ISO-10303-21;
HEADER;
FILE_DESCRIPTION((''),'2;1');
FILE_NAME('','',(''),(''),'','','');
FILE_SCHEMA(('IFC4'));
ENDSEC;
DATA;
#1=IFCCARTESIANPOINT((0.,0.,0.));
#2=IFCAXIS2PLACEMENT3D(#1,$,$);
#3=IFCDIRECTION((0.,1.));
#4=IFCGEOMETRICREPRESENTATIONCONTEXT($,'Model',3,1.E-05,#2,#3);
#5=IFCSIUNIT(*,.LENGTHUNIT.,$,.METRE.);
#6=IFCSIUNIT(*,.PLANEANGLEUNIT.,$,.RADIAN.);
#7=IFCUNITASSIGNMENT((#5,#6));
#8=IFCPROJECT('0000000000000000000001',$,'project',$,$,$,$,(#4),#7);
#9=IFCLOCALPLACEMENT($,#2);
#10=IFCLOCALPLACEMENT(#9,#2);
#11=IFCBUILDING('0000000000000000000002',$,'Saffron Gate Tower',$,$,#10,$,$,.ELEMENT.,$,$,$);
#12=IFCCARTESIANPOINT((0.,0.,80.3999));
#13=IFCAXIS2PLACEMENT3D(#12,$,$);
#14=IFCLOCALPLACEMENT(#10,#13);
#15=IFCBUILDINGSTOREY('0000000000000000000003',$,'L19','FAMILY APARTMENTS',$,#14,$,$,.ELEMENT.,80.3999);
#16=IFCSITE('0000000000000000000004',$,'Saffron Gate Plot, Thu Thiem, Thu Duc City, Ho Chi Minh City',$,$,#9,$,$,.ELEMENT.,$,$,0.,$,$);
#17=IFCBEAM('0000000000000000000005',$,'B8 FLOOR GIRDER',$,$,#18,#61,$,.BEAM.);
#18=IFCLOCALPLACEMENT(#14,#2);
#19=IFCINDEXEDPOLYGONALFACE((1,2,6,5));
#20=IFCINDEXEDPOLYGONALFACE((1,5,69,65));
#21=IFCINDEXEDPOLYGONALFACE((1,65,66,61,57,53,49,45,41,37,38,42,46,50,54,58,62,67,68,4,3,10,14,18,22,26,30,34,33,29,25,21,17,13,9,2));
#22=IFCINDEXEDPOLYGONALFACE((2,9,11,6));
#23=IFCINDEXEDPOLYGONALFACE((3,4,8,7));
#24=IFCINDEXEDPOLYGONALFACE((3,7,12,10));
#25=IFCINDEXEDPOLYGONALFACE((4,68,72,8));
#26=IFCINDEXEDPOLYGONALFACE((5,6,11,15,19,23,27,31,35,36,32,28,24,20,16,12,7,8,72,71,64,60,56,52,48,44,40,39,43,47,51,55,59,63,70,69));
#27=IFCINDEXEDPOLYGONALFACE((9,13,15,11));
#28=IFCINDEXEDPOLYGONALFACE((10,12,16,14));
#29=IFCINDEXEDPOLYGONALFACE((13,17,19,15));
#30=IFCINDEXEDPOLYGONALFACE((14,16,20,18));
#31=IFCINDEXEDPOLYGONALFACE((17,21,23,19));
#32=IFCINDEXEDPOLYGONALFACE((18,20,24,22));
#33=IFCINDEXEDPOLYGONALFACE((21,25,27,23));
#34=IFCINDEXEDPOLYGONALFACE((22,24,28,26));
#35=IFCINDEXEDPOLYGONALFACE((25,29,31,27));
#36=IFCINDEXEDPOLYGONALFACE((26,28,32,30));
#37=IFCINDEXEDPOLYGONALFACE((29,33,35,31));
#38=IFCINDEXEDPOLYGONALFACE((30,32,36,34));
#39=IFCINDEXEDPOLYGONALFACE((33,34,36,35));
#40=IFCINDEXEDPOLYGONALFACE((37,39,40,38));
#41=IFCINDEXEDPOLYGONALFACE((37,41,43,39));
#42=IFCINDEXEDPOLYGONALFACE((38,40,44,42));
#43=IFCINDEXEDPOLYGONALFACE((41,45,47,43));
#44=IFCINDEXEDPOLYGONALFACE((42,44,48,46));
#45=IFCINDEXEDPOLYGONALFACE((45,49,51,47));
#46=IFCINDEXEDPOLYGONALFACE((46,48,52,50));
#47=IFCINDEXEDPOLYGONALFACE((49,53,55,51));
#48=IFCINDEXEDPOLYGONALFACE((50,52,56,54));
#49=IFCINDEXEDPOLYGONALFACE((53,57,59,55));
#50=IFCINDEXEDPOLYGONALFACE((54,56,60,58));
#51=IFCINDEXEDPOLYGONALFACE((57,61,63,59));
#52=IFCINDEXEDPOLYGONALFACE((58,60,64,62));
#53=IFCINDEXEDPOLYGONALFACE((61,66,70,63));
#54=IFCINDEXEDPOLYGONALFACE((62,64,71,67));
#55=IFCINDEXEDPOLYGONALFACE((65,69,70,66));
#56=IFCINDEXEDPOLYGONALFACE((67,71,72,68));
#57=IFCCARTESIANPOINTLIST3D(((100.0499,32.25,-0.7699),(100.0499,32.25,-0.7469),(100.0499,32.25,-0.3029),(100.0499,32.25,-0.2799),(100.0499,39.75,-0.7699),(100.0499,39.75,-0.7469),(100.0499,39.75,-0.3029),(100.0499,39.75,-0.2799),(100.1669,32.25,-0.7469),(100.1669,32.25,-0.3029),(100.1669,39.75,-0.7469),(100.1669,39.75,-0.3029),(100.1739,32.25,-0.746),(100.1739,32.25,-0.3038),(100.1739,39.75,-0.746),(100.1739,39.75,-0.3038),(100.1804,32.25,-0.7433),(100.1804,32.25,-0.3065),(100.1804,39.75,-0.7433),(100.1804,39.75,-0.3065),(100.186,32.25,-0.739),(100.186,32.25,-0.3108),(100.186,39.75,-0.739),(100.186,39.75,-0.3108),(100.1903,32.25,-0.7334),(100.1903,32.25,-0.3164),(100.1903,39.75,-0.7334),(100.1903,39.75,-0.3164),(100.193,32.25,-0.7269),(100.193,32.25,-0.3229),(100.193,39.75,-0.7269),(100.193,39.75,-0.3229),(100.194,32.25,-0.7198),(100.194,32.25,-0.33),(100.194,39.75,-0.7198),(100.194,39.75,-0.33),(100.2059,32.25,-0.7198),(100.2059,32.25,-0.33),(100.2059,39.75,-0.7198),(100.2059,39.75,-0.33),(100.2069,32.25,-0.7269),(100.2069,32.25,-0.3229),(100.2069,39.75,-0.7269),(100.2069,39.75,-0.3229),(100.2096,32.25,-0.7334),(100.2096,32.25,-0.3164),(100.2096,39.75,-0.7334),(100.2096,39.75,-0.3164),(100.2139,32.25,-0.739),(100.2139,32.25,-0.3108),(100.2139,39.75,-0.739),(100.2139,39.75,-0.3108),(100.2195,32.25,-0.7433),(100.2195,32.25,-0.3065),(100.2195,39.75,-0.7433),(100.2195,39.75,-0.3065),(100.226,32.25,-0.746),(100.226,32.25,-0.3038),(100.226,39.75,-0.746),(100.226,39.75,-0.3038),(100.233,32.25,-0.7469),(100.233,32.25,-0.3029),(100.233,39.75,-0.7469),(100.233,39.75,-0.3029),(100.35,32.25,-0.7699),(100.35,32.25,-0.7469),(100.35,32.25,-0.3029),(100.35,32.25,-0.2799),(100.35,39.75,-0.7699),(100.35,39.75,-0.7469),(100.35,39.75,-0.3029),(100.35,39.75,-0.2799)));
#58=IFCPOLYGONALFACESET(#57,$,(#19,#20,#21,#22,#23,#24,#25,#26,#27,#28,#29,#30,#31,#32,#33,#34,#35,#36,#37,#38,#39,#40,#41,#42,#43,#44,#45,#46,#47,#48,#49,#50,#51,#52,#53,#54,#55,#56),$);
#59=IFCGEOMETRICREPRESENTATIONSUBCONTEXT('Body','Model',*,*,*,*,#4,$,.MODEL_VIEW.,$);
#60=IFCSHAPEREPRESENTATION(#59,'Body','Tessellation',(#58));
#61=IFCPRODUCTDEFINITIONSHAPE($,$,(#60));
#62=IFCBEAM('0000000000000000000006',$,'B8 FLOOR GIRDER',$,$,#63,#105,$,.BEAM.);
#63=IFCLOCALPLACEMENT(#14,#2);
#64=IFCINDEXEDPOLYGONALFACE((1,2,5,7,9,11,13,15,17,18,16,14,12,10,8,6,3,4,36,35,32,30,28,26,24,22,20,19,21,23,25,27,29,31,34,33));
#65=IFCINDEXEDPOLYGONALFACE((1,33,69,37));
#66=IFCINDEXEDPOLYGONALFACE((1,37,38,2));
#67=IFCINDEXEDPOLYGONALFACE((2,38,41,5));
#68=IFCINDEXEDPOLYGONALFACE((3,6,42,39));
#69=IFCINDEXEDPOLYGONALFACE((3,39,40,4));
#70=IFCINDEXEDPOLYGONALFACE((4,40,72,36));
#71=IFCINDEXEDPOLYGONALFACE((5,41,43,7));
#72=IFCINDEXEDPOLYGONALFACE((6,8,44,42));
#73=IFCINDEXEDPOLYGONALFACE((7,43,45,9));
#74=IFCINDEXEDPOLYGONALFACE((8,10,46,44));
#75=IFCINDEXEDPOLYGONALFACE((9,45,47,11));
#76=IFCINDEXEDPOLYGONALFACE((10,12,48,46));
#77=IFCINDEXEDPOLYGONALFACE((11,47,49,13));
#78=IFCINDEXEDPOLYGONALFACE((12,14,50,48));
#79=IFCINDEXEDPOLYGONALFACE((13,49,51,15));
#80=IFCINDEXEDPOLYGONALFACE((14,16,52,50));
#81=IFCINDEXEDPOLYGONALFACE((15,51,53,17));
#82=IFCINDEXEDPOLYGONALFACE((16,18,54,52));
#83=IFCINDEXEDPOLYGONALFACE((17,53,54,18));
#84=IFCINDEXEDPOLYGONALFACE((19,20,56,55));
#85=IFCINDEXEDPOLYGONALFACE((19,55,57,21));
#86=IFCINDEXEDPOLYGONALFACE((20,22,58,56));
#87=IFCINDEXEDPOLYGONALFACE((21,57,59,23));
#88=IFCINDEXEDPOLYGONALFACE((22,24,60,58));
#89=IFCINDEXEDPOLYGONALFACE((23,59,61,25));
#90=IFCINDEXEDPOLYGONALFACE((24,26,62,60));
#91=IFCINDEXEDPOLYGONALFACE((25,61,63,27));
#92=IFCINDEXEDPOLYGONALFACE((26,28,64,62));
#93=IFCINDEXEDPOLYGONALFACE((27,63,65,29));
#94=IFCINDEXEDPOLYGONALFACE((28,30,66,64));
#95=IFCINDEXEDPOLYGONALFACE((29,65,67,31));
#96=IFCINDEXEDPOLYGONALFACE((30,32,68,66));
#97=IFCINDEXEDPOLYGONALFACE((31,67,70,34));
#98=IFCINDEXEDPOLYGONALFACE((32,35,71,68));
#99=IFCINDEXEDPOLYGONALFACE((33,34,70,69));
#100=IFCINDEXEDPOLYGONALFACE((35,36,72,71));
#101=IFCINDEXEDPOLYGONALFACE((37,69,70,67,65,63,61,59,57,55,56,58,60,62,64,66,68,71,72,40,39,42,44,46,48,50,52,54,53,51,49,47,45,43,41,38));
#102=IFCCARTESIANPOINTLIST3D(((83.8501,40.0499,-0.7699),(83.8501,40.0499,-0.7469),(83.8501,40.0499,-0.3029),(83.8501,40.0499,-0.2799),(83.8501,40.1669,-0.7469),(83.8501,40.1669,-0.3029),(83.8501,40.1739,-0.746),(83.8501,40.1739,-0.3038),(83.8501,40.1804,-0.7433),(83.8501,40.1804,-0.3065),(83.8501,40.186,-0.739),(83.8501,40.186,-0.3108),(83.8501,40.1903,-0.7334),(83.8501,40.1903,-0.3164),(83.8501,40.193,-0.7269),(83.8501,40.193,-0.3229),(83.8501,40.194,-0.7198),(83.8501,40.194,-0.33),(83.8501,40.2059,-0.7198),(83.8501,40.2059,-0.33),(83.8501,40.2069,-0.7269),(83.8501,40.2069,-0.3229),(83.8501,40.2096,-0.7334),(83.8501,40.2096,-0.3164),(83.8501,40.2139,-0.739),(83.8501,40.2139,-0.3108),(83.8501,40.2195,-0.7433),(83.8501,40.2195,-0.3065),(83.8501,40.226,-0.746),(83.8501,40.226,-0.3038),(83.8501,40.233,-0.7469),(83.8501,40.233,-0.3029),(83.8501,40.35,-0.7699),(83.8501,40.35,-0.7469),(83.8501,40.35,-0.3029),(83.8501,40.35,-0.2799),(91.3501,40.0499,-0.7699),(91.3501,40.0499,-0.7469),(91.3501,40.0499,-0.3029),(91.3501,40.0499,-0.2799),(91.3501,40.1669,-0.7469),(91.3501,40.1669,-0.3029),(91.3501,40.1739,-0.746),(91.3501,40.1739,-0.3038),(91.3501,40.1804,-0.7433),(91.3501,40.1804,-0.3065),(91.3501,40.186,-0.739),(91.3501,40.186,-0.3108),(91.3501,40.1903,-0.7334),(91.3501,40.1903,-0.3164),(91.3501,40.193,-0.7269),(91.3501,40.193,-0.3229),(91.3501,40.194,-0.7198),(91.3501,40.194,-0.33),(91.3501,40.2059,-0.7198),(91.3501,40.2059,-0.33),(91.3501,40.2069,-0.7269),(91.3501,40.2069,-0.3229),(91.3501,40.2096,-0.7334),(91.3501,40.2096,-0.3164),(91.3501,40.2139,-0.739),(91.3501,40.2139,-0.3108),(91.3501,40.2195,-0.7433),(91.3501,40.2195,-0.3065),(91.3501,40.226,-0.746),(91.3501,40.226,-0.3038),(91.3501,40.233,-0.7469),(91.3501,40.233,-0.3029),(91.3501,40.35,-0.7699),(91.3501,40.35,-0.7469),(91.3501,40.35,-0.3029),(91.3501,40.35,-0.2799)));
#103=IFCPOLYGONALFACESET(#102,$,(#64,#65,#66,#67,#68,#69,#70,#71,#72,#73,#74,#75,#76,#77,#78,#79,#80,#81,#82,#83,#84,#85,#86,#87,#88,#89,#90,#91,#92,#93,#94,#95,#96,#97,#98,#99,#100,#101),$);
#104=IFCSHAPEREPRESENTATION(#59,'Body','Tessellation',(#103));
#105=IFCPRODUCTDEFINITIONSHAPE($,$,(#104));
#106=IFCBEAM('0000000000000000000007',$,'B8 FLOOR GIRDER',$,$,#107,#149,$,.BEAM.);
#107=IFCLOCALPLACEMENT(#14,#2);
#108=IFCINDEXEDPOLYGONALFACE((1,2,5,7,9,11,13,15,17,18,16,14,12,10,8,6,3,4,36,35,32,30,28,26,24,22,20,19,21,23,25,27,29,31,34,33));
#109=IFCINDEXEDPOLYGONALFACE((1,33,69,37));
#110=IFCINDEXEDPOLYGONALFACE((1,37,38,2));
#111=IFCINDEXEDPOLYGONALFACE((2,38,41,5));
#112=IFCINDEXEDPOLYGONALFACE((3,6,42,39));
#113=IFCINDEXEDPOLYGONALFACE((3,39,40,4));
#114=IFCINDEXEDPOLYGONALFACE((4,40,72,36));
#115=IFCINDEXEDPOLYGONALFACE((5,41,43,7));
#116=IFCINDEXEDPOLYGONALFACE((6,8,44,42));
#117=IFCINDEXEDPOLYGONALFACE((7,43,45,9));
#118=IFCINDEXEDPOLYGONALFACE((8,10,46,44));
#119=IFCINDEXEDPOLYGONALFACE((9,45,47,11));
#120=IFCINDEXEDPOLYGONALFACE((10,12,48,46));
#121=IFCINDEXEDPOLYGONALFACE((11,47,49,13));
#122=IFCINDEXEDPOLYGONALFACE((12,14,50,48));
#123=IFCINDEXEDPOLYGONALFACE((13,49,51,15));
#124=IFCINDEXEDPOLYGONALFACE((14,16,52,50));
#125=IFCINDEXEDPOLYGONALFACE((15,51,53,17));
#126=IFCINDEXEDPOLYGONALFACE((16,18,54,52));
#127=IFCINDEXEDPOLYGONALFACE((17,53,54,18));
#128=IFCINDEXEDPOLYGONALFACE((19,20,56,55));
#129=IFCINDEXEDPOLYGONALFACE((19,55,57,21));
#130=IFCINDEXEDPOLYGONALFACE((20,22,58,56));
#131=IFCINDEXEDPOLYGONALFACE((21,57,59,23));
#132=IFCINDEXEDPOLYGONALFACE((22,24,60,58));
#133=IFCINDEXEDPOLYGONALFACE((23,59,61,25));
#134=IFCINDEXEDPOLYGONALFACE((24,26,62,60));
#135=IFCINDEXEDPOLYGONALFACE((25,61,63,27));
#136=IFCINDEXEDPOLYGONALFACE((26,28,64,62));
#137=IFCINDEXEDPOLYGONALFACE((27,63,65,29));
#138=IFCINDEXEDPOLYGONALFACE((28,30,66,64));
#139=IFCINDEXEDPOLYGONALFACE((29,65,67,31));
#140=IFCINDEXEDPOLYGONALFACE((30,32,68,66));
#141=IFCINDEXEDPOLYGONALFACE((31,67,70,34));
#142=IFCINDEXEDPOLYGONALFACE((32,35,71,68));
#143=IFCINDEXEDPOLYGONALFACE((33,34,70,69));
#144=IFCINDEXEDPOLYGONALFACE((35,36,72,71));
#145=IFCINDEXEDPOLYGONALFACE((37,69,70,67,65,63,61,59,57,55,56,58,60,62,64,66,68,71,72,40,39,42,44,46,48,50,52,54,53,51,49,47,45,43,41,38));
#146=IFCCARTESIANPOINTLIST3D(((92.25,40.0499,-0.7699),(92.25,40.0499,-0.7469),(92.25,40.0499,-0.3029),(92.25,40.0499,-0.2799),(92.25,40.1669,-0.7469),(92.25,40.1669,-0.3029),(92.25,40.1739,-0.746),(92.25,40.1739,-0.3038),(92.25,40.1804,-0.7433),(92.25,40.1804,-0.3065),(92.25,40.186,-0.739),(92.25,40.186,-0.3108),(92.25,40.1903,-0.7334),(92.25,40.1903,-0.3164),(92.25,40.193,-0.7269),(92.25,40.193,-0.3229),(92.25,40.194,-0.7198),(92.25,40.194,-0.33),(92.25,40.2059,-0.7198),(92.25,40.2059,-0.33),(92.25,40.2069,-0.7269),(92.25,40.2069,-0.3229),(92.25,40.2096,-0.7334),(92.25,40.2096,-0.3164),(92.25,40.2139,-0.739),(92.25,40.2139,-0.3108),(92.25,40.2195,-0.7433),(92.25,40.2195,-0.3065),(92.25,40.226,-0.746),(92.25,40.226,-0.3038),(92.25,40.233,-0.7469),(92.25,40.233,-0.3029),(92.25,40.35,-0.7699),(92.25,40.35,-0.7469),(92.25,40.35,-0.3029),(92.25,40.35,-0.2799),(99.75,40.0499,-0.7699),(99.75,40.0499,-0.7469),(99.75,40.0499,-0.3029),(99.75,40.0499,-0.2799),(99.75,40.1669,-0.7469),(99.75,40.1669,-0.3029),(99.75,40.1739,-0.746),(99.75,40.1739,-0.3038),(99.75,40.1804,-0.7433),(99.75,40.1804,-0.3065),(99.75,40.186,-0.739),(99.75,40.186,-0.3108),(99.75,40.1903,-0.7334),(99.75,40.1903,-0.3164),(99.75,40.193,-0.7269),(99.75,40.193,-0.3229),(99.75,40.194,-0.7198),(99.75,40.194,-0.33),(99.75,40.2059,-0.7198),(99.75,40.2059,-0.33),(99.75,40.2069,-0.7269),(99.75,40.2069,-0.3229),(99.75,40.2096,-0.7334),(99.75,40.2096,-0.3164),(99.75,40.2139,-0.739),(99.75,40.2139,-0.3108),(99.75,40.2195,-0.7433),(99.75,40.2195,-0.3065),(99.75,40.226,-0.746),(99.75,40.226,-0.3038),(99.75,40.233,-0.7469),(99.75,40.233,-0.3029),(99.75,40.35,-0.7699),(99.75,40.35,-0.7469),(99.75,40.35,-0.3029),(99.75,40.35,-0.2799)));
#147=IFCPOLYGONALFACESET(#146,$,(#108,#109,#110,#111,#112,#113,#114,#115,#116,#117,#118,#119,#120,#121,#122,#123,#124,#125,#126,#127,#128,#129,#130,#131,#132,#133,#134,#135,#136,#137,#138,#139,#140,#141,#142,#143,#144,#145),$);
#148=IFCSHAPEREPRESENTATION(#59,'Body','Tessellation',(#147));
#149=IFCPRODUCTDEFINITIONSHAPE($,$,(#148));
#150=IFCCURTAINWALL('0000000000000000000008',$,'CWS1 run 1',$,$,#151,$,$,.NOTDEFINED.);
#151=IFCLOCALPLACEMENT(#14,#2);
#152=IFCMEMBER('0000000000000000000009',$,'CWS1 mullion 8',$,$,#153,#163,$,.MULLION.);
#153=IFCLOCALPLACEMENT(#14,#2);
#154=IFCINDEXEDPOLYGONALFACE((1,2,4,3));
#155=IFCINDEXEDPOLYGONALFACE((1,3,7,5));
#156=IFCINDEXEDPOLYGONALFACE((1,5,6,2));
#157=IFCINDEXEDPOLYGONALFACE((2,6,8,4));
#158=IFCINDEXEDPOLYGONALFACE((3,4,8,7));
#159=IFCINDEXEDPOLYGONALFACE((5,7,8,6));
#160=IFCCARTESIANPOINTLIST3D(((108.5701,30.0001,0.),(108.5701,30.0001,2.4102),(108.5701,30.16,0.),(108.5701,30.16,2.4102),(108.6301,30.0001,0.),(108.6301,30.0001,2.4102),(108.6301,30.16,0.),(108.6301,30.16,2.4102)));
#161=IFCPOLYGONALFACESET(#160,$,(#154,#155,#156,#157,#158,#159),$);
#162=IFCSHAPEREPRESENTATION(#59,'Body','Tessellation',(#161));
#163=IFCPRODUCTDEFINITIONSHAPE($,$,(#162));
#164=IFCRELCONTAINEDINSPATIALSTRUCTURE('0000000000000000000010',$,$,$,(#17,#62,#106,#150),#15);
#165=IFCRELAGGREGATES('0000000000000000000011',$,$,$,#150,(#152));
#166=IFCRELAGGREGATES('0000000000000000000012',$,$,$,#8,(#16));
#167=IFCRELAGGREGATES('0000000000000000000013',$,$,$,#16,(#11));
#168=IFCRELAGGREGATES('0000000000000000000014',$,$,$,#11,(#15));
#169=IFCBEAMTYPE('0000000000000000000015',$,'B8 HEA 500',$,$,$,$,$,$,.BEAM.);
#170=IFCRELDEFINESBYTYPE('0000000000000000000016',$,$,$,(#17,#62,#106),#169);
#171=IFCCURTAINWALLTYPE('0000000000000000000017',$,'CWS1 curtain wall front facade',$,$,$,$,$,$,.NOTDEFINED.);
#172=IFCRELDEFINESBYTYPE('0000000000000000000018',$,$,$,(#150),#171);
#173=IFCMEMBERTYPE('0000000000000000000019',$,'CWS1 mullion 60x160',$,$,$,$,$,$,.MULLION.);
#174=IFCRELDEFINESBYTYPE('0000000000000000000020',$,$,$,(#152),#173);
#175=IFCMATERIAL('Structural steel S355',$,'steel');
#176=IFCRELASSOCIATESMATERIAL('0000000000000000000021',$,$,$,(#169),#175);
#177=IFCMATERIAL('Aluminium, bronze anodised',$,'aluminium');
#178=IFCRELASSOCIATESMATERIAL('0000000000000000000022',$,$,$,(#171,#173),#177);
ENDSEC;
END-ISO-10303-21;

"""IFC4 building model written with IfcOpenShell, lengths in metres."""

from ifc_helpers import new_model, si_unit, direction, frame, origin, origin_2d, place, context, subcontext, project, spatial, rectangle, i_section, extrude, material, material_profile, profile_set, type_object, element, aggregate, save


model = new_model("IFC4")

# Units and contexts
model_context = context("Model", 3, precision=1e-05, world=origin(), true_north=direction((0.0, 1.0)))
body_context = subcontext(model_context, "Body", "Model", "MODEL_VIEW")
ifc_project = project(units=[si_unit("LENGTHUNIT", "METRE"), si_unit("PLANEANGLEUNIT", "RADIAN")], contexts=[model_context])

# Site, building, storey
site_placement = place(None, origin())
site = spatial("IfcSite", under=ifc_project, at=site_placement, Name="Saffron Gate Plot, Thu Thiem, Thu Duc City, Ho Chi Minh City", CompositionType="ELEMENT", RefElevation=0.0)
building_placement = place(site_placement, origin())
building = spatial("IfcBuilding", under=site, at=building_placement, Name="Saffron Gate Tower", CompositionType="ELEMENT")
storey_placement = place(building_placement, frame((0.0, 0.0, 80.3999)))
storey = spatial("IfcBuildingStorey", under=building, at=storey_placement, Name="L19", Description="FAMILY APARTMENTS", CompositionType="ELEMENT", Elevation=80.3999)

# Beams
ifc_material_1 = material(Name="Structural steel S355", Category="steel")
ifc_material_profile_1 = material_profile(ifc_material_1, i_section(OverallWidth=0.3, OverallDepth=0.49, WebThickness=0.012, FlangeThickness=0.0229, FilletRadius=0.0271, at=origin_2d()))
ifc_profile_set_1 = profile_set([ifc_material_profile_1], Name="Structural steel S355")
beam_type_1 = type_object("IfcBeamType", Name="B8 HEA 500", PredefinedType="BEAM", material=ifc_profile_set_1)
for number, where, z_axis, x_axis, name in (
    (1, (100.2, 32.25, -0.5249), (0.0, 1.0, 0.0), (-1.0, 0.0, 0.0), "B8 FLOOR GIRDER"),
    (2, (83.8501, 40.2, -0.5249), (1.0, 0.0, 0.0), (0.0, 1.0, 0.0), "B8 FLOOR GIRDER"),
    (3, (92.25, 40.2, -0.5249), (1.0, 0.0, 0.0), (0.0, 1.0, 0.0), "B8 FLOOR GIRDER"),
):
    element("IfcBeam", number, at=place(storey_placement, frame(where, z_axis=z_axis, x_axis=x_axis)), inside=storey, type_object=beam_type_1, Name=name, PredefinedType="BEAM", context=body_context, shape_type="SweptSolid", body=[
        extrude(i_section(OverallWidth=0.3, OverallDepth=0.49, WebThickness=0.012, FlangeThickness=0.0229, FilletRadius=0.0271, at=origin_2d()), origin(), (0.0, 0.0, 1.0), 7.5),
    ])

# Curtain wall, member
ifc_material_2 = material(Name="Aluminium, bronze anodised", Category="aluminium")
curtain_wall_type = type_object("IfcCurtainWallType", Name="CWS1 curtain wall front facade", PredefinedType="NOTDEFINED", material=ifc_material_2)
curtain_wall_placement = place(storey_placement, origin())
curtain_wall = element("IfcCurtainWall", 4, at=curtain_wall_placement, inside=storey, type_object=curtain_wall_type, Name="CWS1 run 1", PredefinedType="NOTDEFINED")
ifc_material_profile_2 = material_profile(ifc_material_2, rectangle(XDim=0.1599, YDim=0.0601, at=origin_2d()))
ifc_profile_set_2 = profile_set([ifc_material_profile_2], Name="Aluminium, bronze anodised")
member_type = type_object("IfcMemberType", Name="CWS1 mullion 60x160", PredefinedType="MULLION", material=ifc_profile_set_2)
member_placement = place(storey_placement, frame((108.6001, 30.0801, 0.0), z_axis=(0.0, 0.0, 1.0), x_axis=(0.0, 1.0, 0.0)))
member = element("IfcMember", 5, at=member_placement, type_object=member_type, Name="CWS1 mullion 8", PredefinedType="MULLION", context=body_context, shape_type="SweptSolid", body=[
    extrude(rectangle(XDim=0.1599, YDim=0.0601, at=origin_2d()), origin(), (0.0, 0.0, 1.0), 2.4102),
])
aggregate(curtain_wall, [member])

save(model, "model.ifc")
